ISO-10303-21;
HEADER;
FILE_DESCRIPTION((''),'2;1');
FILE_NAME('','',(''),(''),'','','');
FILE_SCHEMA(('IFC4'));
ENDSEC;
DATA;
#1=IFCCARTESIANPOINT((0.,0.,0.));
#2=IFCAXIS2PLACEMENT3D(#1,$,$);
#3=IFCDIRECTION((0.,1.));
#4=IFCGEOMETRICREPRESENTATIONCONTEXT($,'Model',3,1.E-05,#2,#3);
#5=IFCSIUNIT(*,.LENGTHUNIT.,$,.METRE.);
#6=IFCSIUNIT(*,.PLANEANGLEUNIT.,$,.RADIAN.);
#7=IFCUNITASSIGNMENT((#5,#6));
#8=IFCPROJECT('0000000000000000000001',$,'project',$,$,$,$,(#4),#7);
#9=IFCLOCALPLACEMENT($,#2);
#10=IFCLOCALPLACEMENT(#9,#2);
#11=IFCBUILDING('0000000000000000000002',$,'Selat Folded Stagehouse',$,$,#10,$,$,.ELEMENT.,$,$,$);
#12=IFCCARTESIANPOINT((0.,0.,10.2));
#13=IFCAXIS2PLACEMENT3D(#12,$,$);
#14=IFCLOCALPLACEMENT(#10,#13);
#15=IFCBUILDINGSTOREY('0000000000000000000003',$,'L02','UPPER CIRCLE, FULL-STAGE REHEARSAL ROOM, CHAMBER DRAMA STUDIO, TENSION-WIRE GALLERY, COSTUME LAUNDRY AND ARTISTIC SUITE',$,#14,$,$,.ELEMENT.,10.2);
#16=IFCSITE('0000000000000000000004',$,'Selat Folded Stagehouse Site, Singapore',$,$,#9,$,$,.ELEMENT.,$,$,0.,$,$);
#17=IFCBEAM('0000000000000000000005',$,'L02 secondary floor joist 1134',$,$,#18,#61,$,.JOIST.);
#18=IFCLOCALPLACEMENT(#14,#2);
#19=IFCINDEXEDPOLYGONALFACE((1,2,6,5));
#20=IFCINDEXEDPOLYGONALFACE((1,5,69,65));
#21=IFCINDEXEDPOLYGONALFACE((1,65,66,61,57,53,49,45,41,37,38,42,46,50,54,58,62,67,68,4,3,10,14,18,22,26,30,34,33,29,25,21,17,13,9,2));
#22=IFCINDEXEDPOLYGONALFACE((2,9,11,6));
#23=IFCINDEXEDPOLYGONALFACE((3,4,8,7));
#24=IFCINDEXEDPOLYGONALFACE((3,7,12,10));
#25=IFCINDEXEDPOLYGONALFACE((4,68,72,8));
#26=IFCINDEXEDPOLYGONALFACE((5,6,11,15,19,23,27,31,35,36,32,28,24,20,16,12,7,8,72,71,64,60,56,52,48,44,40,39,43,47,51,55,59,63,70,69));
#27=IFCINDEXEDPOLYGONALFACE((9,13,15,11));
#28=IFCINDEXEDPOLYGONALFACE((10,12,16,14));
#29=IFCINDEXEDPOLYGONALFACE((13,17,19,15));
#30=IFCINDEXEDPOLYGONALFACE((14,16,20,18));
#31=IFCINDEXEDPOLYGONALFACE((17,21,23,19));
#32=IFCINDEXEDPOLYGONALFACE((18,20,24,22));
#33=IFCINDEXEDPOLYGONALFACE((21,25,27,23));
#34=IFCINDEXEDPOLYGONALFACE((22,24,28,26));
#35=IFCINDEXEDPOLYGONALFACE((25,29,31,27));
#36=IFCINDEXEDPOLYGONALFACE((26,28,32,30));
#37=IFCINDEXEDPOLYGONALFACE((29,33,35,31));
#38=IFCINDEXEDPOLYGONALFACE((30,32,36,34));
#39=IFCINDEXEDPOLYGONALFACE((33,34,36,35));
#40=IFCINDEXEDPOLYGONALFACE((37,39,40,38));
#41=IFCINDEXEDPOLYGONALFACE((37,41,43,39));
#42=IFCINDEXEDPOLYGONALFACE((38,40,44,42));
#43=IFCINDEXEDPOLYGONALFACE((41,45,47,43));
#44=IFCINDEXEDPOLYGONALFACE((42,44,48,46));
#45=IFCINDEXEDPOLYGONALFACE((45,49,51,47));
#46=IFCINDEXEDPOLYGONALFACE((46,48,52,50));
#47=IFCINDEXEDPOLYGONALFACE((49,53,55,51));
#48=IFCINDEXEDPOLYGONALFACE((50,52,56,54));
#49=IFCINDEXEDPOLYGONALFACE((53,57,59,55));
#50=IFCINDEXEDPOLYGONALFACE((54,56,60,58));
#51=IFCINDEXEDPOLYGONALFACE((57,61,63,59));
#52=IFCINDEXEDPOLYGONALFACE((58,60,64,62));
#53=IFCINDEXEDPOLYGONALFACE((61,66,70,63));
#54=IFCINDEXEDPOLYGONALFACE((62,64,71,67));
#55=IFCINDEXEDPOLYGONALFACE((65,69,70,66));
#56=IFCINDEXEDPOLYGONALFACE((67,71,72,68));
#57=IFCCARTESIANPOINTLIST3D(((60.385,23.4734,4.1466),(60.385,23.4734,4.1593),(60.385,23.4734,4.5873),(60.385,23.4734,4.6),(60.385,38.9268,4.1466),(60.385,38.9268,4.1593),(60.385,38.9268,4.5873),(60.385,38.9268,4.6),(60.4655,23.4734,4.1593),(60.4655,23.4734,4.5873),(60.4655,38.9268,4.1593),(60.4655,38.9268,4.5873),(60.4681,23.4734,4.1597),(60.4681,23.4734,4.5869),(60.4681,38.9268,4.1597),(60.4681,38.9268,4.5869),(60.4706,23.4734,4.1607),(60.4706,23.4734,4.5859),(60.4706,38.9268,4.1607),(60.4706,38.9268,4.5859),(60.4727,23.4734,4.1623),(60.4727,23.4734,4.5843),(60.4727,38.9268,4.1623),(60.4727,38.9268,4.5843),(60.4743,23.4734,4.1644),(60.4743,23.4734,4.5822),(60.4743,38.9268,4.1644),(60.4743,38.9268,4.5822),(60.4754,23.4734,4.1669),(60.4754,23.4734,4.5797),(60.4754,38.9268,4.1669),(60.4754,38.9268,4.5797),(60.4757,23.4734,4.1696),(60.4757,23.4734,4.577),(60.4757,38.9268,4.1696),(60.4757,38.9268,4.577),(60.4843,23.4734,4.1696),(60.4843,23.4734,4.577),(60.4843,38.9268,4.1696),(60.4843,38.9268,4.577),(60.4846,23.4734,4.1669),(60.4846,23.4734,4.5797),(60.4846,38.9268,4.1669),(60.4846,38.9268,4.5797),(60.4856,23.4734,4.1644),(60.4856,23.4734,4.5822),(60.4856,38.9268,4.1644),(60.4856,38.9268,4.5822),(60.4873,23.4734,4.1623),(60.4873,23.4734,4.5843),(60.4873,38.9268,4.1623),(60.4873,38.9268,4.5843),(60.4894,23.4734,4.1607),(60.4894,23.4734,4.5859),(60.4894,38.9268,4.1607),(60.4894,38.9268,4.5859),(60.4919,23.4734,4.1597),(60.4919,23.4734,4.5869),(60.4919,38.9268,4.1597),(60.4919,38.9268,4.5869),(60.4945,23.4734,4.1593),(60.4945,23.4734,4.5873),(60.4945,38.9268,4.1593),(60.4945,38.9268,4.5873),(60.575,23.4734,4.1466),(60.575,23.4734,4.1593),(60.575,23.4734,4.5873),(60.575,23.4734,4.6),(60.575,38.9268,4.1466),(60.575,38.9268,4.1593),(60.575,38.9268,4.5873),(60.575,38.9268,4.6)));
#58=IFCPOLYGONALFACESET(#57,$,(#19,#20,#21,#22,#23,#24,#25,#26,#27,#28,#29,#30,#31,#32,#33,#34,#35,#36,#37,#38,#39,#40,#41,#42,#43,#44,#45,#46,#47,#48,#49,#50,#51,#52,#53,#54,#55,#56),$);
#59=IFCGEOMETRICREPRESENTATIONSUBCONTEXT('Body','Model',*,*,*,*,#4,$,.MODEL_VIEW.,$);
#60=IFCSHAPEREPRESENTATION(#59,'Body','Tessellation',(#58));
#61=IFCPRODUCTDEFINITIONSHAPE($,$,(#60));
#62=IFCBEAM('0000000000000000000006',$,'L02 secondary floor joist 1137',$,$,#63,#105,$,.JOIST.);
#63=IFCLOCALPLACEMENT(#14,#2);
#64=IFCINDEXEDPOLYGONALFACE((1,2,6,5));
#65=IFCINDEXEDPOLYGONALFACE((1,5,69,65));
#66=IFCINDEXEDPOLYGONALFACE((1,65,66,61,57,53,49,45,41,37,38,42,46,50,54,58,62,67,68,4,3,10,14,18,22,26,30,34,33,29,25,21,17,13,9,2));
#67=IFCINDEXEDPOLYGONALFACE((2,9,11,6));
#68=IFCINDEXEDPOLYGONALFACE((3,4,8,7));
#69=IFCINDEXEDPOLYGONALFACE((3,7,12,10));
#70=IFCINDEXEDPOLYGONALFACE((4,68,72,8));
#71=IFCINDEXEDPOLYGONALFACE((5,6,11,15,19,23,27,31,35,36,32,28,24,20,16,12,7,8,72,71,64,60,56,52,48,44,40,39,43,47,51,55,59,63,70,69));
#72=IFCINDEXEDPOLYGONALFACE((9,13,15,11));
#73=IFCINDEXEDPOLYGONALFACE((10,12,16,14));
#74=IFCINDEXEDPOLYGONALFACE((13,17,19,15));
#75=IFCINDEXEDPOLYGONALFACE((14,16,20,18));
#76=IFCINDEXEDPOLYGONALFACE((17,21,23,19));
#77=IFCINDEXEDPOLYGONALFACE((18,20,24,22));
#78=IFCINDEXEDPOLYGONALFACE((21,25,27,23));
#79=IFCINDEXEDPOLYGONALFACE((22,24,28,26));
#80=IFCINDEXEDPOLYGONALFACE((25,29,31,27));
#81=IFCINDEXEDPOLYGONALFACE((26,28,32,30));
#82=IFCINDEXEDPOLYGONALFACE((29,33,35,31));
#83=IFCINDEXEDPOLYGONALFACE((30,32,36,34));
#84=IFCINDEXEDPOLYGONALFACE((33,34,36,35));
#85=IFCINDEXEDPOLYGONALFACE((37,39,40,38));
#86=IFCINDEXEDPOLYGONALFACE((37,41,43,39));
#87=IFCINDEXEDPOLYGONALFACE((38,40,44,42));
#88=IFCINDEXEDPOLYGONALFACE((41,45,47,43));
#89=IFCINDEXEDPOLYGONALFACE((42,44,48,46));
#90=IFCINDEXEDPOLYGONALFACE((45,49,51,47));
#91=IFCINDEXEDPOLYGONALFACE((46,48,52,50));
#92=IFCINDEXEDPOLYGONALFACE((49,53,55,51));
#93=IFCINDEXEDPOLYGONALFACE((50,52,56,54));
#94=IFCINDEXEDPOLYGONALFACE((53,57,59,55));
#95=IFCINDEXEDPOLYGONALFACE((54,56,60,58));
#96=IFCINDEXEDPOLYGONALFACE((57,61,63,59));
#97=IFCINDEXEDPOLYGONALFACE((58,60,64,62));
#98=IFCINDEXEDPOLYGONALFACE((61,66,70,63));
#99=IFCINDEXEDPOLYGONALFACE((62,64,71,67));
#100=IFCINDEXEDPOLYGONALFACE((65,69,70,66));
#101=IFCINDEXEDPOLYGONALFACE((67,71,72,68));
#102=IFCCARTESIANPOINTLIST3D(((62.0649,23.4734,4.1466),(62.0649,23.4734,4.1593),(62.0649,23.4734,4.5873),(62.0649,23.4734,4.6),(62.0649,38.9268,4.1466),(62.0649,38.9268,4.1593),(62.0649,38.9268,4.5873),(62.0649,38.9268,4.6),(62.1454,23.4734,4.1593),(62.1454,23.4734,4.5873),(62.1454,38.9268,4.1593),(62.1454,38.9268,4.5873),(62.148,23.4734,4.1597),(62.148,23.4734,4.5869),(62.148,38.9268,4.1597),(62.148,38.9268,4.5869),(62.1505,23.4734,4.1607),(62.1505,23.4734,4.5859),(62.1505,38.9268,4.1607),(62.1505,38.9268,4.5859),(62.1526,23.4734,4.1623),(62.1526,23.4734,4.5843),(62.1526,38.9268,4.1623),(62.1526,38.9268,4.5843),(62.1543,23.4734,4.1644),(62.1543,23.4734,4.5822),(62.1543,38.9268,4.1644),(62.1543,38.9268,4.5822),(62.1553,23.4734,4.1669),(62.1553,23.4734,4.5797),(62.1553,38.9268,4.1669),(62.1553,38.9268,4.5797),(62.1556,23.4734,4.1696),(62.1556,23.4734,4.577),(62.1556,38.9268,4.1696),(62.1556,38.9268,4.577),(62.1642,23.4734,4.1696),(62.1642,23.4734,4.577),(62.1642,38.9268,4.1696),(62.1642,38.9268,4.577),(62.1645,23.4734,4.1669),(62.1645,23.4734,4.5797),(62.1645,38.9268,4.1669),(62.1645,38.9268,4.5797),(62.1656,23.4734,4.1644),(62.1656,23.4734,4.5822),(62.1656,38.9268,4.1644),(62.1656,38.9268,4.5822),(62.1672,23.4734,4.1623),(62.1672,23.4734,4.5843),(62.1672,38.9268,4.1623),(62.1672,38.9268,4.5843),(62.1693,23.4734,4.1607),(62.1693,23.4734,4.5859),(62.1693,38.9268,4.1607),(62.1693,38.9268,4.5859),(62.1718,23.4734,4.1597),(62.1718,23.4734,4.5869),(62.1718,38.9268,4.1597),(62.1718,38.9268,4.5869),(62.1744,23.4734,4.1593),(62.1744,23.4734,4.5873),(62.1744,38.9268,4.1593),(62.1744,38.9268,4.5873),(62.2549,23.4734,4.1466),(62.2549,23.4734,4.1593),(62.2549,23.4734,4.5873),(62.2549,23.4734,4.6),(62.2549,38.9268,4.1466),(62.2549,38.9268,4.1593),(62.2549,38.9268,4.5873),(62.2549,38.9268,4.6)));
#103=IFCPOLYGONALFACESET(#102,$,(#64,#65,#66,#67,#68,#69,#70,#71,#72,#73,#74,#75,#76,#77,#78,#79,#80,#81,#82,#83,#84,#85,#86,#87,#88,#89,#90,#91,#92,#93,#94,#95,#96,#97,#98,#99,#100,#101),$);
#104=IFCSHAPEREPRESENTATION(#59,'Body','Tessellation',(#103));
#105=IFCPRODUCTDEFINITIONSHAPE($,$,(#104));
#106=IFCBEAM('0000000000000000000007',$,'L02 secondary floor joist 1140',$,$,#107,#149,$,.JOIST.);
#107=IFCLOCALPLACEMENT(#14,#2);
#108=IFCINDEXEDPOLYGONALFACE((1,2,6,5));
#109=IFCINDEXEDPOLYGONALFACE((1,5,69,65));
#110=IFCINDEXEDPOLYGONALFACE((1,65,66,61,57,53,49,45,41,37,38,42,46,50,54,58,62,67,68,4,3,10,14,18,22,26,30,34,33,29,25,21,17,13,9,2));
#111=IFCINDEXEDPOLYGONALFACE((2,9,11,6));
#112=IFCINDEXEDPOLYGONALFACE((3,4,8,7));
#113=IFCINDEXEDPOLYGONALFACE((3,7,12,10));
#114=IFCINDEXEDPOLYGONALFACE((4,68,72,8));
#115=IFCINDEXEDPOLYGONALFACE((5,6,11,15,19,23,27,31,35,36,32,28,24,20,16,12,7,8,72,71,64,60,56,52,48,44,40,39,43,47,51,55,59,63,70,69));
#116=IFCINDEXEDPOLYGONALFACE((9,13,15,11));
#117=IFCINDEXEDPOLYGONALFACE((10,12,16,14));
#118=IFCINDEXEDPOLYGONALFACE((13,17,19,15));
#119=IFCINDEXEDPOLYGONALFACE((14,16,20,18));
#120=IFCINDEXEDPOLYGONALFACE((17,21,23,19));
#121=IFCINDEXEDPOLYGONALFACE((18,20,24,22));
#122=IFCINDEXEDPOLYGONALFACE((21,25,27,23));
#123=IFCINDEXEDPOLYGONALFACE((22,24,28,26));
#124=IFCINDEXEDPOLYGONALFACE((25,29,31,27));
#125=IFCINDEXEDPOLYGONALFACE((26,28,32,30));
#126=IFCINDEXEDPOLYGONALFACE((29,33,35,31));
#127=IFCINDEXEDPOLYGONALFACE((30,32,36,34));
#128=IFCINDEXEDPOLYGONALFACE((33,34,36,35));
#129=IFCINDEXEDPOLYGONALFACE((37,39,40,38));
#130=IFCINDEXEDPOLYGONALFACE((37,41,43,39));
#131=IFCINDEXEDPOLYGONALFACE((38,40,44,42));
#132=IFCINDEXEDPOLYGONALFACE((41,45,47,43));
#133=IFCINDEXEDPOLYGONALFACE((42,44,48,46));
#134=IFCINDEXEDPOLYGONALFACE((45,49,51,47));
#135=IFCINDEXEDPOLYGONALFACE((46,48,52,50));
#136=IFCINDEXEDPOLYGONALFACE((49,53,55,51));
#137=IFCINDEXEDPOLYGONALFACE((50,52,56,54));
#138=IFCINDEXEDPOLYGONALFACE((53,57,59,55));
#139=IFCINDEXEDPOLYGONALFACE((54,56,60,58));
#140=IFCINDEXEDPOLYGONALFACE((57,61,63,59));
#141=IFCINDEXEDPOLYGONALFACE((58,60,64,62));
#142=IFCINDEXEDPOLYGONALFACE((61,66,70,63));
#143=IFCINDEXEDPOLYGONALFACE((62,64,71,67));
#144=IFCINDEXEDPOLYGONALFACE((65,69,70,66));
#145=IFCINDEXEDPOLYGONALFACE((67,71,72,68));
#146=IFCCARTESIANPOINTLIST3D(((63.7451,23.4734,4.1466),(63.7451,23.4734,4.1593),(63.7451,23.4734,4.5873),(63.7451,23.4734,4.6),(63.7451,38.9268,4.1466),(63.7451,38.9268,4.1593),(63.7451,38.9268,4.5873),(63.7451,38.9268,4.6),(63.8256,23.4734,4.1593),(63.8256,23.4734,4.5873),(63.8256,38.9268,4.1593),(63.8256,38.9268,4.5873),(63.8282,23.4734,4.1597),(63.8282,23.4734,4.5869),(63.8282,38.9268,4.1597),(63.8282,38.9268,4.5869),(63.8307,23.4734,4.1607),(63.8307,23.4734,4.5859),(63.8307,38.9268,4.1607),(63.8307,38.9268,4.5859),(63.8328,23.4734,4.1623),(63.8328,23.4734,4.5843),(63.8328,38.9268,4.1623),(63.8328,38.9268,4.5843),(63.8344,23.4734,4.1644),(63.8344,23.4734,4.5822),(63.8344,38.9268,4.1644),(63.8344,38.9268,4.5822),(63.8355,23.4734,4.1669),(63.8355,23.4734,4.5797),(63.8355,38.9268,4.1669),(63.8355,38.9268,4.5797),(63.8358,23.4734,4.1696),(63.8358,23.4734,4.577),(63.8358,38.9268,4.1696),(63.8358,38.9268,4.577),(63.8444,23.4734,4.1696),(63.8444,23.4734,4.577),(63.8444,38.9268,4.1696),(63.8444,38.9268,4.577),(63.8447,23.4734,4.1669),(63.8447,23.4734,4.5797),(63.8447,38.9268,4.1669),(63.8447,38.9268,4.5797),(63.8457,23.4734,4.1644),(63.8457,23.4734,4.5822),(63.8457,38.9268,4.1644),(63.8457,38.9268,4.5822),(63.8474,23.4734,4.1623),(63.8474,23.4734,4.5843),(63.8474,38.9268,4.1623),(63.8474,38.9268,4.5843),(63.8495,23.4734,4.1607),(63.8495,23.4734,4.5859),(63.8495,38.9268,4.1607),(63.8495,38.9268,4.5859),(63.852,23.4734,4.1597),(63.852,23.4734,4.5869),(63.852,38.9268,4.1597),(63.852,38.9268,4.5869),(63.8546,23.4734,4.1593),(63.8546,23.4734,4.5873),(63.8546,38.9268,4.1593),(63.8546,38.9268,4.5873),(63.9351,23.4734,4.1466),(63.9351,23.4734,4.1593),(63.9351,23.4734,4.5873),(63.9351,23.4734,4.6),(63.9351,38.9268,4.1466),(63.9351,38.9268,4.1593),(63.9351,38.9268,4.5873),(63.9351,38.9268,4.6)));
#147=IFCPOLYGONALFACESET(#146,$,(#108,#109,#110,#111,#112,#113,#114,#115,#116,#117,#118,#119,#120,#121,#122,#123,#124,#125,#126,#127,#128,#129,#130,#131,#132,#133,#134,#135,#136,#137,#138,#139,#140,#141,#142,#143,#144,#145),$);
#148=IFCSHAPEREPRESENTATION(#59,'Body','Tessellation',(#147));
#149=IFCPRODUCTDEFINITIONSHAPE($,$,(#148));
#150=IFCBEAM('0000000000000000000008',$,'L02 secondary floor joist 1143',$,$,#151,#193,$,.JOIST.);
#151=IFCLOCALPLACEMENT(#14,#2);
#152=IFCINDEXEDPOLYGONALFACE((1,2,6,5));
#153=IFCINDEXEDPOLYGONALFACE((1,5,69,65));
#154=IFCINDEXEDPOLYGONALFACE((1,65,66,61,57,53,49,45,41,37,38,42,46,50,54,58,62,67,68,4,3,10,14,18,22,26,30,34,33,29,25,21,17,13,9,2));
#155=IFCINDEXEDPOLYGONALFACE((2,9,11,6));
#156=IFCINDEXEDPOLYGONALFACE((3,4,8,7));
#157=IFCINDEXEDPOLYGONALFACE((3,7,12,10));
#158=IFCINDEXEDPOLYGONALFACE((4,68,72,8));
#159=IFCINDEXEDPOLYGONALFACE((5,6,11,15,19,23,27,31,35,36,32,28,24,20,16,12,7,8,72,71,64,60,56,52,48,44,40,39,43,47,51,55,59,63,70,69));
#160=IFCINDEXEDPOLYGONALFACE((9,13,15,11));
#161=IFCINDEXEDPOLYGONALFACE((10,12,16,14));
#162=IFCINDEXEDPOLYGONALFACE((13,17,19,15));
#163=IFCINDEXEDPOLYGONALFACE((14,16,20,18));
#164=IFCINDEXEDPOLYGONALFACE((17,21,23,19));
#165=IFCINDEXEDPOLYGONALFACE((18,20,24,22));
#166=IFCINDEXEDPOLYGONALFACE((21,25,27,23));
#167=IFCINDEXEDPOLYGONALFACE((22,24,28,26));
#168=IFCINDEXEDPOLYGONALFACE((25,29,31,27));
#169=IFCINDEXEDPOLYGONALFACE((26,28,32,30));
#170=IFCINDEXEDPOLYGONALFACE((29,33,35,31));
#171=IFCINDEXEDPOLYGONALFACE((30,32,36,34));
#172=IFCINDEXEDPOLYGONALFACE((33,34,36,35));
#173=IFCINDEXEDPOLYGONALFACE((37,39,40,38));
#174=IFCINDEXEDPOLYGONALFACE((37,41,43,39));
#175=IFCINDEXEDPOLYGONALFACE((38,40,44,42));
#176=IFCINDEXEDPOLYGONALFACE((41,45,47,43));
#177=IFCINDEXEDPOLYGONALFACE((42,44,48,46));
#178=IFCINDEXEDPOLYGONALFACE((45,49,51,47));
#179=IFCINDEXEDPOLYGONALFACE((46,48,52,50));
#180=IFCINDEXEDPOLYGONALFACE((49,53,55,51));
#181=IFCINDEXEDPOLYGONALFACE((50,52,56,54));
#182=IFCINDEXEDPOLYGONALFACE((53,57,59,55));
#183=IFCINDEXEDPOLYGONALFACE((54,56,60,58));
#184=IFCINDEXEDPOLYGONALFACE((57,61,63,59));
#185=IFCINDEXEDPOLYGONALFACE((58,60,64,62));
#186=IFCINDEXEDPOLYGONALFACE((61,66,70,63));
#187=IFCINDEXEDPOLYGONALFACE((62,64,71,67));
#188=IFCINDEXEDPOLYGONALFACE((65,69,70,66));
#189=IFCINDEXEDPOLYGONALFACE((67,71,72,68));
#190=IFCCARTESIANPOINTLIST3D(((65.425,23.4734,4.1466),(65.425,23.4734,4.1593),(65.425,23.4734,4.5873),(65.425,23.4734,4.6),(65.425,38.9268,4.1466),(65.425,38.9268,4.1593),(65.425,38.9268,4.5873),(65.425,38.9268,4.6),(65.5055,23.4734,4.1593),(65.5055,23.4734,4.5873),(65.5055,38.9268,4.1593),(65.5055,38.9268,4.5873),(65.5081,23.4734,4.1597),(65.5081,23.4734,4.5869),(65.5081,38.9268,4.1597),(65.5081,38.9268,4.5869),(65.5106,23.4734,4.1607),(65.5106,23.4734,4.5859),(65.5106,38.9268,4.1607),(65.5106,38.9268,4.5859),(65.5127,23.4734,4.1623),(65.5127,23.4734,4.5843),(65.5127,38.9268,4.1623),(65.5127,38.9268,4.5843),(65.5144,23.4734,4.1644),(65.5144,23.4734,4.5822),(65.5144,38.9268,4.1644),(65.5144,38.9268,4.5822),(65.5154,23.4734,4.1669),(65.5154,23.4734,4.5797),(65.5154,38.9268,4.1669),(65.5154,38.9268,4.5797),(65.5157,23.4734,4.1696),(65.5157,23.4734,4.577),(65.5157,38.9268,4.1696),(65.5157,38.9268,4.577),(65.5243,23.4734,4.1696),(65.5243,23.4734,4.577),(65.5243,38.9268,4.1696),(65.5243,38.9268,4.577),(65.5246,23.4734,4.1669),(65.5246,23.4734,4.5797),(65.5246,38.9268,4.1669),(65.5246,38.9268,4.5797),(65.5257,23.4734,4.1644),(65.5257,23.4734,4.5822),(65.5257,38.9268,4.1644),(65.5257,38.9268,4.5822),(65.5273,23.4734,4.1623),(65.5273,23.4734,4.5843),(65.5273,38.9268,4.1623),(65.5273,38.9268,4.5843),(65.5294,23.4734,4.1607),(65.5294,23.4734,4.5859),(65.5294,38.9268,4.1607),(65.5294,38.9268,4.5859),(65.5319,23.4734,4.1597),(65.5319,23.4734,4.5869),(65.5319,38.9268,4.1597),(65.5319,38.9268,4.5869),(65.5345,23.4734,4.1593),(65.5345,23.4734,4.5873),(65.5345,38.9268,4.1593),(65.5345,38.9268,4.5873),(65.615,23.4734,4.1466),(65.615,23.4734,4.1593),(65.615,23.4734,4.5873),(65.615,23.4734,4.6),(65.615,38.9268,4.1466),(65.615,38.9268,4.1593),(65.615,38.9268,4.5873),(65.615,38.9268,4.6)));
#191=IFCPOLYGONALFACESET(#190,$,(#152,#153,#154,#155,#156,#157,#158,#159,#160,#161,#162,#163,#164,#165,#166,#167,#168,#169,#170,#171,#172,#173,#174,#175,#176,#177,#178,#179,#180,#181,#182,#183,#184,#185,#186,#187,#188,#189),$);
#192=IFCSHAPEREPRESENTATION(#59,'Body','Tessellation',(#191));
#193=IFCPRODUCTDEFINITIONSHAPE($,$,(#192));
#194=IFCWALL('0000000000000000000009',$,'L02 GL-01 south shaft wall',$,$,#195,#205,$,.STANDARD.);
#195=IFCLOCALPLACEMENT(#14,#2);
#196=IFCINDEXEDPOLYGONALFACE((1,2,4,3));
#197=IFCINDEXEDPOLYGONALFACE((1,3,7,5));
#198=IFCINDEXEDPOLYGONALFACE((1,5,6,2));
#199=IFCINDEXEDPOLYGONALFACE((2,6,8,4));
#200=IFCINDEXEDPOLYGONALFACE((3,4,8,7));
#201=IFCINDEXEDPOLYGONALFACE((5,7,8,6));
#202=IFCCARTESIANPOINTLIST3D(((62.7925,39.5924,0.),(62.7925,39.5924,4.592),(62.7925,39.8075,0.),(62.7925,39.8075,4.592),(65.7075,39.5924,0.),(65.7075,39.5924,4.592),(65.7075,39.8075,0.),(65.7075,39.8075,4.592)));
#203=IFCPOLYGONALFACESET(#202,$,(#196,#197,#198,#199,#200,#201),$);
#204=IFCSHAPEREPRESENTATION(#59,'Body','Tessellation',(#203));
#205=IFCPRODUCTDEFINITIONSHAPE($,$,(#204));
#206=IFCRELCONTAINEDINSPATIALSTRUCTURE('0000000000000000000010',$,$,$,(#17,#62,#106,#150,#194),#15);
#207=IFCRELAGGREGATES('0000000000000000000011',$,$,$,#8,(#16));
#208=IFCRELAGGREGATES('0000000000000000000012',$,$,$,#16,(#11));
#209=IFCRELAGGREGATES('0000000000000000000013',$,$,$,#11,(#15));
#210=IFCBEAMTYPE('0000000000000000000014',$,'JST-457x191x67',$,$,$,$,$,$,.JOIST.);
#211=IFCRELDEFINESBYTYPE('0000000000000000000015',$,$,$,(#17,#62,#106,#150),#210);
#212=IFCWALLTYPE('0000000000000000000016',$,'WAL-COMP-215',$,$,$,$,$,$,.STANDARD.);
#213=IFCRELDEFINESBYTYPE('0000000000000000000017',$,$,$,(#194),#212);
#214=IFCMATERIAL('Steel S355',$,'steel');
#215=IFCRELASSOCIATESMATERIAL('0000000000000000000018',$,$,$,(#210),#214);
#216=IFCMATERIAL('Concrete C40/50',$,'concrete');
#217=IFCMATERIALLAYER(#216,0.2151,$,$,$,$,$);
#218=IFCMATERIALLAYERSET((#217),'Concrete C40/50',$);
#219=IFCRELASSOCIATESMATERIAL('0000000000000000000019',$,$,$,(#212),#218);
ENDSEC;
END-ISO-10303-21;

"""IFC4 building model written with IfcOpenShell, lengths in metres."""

from ifc_helpers import new_model, si_unit, direction, frame, frame_2d, origin, origin_2d, place, context, subcontext, project, spatial, rectangle, i_section, extrude, material, layer, layer_set, material_profile, profile_set, type_object, element, save


model = new_model("IFC4")

# Units and contexts
model_context = context("Model", 3, precision=1e-05, world=origin(), true_north=direction((0.0, 1.0)))
body_context = subcontext(model_context, "Body", "Model", "MODEL_VIEW")
ifc_project = project(units=[si_unit("LENGTHUNIT", "METRE"), si_unit("PLANEANGLEUNIT", "RADIAN")], contexts=[model_context])

# Site, building, storey
site_placement = place(None, origin())
site = spatial("IfcSite", under=ifc_project, at=site_placement, Name="Selat Folded Stagehouse Site, Singapore", CompositionType="ELEMENT", RefElevation=0.0)
building_placement = place(site_placement, origin())
building = spatial("IfcBuilding", under=site, at=building_placement, Name="Selat Folded Stagehouse", CompositionType="ELEMENT")
storey_placement = place(building_placement, frame((0.0, 0.0, 10.2)))
storey = spatial("IfcBuildingStorey", under=building, at=storey_placement, Name="L02", Description="UPPER CIRCLE, FULL-STAGE REHEARSAL ROOM, CHAMBER DRAMA STUDIO, TENSION-WIRE GALLERY, COSTUME LAUNDRY AND ARTISTIC SUITE", CompositionType="ELEMENT", Elevation=10.2)

# Shared definitions
ifc_material_1 = material(Name="Steel S355", Category="steel")

# Beams
ifc_material_profile_1 = material_profile(ifc_material_1, i_section(OverallWidth=0.1899, OverallDepth=0.4534, WebThickness=0.0085, FlangeThickness=0.0127, FilletRadius=0.0103, at=origin_2d()), Name="UKB 457x191x67")
ifc_profile_set_1 = profile_set([ifc_material_profile_1], Name="Steel S355")
beam_type_1 = type_object("IfcBeamType", Name="JST-457x191x67", PredefinedType="JOIST", material=ifc_profile_set_1)
for number, where, z_axis, x_axis, name in (
    (1, (60.48, 23.4734, 4.3733), (0.0, 1.0, 0.0), (-1.0, 0.0, 0.0), "L02 secondary floor joist 1134"),
    (2, (62.1599, 23.4734, 4.3733), (0.0, 1.0, 0.0), (-1.0, 0.0, 0.0), "L02 secondary floor joist 1137"),
    (3, (63.8401, 23.4734, 4.3733), (0.0, 1.0, 0.0), (-1.0, 0.0, 0.0), "L02 secondary floor joist 1140"),
    (4, (65.52, 23.4734, 4.3733), (0.0, 1.0, 0.0), (-1.0, 0.0, 0.0), "L02 secondary floor joist 1143"),
):
    element("IfcBeam", number, at=place(storey_placement, frame(where, z_axis=z_axis, x_axis=x_axis)), inside=storey, type_object=beam_type_1, Name=name, PredefinedType="JOIST", context=body_context, shape_type="SweptSolid", body=[
        extrude(i_section(OverallWidth=0.1899, OverallDepth=0.4534, WebThickness=0.0085, FlangeThickness=0.0127, FilletRadius=0.0103, at=origin_2d()), origin(), (0.0, 0.0, 1.0), 15.4534),
    ])

# Wall
ifc_material_2 = material(Name="Concrete C40/50", Category="concrete")
ifc_layer_1 = layer(ifc_material_2, 0.2151)
ifc_layer_set_1 = layer_set([ifc_layer_1], Name="Concrete C40/50")
wall_type_1 = type_object("IfcWallType", Name="WAL-COMP-215", PredefinedType="STANDARD", material=ifc_layer_set_1)
for number, where, z_axis, x_axis, name in (
    (5, (65.7075, 39.7, 0.0), (0.0, 0.0, 1.0), (-1.0, 0.0, 0.0), "L02 GL-01 south shaft wall"),
):
    element("IfcWall", number, at=place(storey_placement, frame(where, z_axis=z_axis, x_axis=x_axis)), inside=storey, type_object=wall_type_1, Name=name, PredefinedType="STANDARD", context=body_context, shape_type="SweptSolid", body=[
        extrude(rectangle(XDim=2.915, YDim=0.2151, at=frame_2d((1.4575, 0.0))), origin(), (0.0, 0.0, 1.0), 4.592),
    ])

save(model, "model.ifc")
